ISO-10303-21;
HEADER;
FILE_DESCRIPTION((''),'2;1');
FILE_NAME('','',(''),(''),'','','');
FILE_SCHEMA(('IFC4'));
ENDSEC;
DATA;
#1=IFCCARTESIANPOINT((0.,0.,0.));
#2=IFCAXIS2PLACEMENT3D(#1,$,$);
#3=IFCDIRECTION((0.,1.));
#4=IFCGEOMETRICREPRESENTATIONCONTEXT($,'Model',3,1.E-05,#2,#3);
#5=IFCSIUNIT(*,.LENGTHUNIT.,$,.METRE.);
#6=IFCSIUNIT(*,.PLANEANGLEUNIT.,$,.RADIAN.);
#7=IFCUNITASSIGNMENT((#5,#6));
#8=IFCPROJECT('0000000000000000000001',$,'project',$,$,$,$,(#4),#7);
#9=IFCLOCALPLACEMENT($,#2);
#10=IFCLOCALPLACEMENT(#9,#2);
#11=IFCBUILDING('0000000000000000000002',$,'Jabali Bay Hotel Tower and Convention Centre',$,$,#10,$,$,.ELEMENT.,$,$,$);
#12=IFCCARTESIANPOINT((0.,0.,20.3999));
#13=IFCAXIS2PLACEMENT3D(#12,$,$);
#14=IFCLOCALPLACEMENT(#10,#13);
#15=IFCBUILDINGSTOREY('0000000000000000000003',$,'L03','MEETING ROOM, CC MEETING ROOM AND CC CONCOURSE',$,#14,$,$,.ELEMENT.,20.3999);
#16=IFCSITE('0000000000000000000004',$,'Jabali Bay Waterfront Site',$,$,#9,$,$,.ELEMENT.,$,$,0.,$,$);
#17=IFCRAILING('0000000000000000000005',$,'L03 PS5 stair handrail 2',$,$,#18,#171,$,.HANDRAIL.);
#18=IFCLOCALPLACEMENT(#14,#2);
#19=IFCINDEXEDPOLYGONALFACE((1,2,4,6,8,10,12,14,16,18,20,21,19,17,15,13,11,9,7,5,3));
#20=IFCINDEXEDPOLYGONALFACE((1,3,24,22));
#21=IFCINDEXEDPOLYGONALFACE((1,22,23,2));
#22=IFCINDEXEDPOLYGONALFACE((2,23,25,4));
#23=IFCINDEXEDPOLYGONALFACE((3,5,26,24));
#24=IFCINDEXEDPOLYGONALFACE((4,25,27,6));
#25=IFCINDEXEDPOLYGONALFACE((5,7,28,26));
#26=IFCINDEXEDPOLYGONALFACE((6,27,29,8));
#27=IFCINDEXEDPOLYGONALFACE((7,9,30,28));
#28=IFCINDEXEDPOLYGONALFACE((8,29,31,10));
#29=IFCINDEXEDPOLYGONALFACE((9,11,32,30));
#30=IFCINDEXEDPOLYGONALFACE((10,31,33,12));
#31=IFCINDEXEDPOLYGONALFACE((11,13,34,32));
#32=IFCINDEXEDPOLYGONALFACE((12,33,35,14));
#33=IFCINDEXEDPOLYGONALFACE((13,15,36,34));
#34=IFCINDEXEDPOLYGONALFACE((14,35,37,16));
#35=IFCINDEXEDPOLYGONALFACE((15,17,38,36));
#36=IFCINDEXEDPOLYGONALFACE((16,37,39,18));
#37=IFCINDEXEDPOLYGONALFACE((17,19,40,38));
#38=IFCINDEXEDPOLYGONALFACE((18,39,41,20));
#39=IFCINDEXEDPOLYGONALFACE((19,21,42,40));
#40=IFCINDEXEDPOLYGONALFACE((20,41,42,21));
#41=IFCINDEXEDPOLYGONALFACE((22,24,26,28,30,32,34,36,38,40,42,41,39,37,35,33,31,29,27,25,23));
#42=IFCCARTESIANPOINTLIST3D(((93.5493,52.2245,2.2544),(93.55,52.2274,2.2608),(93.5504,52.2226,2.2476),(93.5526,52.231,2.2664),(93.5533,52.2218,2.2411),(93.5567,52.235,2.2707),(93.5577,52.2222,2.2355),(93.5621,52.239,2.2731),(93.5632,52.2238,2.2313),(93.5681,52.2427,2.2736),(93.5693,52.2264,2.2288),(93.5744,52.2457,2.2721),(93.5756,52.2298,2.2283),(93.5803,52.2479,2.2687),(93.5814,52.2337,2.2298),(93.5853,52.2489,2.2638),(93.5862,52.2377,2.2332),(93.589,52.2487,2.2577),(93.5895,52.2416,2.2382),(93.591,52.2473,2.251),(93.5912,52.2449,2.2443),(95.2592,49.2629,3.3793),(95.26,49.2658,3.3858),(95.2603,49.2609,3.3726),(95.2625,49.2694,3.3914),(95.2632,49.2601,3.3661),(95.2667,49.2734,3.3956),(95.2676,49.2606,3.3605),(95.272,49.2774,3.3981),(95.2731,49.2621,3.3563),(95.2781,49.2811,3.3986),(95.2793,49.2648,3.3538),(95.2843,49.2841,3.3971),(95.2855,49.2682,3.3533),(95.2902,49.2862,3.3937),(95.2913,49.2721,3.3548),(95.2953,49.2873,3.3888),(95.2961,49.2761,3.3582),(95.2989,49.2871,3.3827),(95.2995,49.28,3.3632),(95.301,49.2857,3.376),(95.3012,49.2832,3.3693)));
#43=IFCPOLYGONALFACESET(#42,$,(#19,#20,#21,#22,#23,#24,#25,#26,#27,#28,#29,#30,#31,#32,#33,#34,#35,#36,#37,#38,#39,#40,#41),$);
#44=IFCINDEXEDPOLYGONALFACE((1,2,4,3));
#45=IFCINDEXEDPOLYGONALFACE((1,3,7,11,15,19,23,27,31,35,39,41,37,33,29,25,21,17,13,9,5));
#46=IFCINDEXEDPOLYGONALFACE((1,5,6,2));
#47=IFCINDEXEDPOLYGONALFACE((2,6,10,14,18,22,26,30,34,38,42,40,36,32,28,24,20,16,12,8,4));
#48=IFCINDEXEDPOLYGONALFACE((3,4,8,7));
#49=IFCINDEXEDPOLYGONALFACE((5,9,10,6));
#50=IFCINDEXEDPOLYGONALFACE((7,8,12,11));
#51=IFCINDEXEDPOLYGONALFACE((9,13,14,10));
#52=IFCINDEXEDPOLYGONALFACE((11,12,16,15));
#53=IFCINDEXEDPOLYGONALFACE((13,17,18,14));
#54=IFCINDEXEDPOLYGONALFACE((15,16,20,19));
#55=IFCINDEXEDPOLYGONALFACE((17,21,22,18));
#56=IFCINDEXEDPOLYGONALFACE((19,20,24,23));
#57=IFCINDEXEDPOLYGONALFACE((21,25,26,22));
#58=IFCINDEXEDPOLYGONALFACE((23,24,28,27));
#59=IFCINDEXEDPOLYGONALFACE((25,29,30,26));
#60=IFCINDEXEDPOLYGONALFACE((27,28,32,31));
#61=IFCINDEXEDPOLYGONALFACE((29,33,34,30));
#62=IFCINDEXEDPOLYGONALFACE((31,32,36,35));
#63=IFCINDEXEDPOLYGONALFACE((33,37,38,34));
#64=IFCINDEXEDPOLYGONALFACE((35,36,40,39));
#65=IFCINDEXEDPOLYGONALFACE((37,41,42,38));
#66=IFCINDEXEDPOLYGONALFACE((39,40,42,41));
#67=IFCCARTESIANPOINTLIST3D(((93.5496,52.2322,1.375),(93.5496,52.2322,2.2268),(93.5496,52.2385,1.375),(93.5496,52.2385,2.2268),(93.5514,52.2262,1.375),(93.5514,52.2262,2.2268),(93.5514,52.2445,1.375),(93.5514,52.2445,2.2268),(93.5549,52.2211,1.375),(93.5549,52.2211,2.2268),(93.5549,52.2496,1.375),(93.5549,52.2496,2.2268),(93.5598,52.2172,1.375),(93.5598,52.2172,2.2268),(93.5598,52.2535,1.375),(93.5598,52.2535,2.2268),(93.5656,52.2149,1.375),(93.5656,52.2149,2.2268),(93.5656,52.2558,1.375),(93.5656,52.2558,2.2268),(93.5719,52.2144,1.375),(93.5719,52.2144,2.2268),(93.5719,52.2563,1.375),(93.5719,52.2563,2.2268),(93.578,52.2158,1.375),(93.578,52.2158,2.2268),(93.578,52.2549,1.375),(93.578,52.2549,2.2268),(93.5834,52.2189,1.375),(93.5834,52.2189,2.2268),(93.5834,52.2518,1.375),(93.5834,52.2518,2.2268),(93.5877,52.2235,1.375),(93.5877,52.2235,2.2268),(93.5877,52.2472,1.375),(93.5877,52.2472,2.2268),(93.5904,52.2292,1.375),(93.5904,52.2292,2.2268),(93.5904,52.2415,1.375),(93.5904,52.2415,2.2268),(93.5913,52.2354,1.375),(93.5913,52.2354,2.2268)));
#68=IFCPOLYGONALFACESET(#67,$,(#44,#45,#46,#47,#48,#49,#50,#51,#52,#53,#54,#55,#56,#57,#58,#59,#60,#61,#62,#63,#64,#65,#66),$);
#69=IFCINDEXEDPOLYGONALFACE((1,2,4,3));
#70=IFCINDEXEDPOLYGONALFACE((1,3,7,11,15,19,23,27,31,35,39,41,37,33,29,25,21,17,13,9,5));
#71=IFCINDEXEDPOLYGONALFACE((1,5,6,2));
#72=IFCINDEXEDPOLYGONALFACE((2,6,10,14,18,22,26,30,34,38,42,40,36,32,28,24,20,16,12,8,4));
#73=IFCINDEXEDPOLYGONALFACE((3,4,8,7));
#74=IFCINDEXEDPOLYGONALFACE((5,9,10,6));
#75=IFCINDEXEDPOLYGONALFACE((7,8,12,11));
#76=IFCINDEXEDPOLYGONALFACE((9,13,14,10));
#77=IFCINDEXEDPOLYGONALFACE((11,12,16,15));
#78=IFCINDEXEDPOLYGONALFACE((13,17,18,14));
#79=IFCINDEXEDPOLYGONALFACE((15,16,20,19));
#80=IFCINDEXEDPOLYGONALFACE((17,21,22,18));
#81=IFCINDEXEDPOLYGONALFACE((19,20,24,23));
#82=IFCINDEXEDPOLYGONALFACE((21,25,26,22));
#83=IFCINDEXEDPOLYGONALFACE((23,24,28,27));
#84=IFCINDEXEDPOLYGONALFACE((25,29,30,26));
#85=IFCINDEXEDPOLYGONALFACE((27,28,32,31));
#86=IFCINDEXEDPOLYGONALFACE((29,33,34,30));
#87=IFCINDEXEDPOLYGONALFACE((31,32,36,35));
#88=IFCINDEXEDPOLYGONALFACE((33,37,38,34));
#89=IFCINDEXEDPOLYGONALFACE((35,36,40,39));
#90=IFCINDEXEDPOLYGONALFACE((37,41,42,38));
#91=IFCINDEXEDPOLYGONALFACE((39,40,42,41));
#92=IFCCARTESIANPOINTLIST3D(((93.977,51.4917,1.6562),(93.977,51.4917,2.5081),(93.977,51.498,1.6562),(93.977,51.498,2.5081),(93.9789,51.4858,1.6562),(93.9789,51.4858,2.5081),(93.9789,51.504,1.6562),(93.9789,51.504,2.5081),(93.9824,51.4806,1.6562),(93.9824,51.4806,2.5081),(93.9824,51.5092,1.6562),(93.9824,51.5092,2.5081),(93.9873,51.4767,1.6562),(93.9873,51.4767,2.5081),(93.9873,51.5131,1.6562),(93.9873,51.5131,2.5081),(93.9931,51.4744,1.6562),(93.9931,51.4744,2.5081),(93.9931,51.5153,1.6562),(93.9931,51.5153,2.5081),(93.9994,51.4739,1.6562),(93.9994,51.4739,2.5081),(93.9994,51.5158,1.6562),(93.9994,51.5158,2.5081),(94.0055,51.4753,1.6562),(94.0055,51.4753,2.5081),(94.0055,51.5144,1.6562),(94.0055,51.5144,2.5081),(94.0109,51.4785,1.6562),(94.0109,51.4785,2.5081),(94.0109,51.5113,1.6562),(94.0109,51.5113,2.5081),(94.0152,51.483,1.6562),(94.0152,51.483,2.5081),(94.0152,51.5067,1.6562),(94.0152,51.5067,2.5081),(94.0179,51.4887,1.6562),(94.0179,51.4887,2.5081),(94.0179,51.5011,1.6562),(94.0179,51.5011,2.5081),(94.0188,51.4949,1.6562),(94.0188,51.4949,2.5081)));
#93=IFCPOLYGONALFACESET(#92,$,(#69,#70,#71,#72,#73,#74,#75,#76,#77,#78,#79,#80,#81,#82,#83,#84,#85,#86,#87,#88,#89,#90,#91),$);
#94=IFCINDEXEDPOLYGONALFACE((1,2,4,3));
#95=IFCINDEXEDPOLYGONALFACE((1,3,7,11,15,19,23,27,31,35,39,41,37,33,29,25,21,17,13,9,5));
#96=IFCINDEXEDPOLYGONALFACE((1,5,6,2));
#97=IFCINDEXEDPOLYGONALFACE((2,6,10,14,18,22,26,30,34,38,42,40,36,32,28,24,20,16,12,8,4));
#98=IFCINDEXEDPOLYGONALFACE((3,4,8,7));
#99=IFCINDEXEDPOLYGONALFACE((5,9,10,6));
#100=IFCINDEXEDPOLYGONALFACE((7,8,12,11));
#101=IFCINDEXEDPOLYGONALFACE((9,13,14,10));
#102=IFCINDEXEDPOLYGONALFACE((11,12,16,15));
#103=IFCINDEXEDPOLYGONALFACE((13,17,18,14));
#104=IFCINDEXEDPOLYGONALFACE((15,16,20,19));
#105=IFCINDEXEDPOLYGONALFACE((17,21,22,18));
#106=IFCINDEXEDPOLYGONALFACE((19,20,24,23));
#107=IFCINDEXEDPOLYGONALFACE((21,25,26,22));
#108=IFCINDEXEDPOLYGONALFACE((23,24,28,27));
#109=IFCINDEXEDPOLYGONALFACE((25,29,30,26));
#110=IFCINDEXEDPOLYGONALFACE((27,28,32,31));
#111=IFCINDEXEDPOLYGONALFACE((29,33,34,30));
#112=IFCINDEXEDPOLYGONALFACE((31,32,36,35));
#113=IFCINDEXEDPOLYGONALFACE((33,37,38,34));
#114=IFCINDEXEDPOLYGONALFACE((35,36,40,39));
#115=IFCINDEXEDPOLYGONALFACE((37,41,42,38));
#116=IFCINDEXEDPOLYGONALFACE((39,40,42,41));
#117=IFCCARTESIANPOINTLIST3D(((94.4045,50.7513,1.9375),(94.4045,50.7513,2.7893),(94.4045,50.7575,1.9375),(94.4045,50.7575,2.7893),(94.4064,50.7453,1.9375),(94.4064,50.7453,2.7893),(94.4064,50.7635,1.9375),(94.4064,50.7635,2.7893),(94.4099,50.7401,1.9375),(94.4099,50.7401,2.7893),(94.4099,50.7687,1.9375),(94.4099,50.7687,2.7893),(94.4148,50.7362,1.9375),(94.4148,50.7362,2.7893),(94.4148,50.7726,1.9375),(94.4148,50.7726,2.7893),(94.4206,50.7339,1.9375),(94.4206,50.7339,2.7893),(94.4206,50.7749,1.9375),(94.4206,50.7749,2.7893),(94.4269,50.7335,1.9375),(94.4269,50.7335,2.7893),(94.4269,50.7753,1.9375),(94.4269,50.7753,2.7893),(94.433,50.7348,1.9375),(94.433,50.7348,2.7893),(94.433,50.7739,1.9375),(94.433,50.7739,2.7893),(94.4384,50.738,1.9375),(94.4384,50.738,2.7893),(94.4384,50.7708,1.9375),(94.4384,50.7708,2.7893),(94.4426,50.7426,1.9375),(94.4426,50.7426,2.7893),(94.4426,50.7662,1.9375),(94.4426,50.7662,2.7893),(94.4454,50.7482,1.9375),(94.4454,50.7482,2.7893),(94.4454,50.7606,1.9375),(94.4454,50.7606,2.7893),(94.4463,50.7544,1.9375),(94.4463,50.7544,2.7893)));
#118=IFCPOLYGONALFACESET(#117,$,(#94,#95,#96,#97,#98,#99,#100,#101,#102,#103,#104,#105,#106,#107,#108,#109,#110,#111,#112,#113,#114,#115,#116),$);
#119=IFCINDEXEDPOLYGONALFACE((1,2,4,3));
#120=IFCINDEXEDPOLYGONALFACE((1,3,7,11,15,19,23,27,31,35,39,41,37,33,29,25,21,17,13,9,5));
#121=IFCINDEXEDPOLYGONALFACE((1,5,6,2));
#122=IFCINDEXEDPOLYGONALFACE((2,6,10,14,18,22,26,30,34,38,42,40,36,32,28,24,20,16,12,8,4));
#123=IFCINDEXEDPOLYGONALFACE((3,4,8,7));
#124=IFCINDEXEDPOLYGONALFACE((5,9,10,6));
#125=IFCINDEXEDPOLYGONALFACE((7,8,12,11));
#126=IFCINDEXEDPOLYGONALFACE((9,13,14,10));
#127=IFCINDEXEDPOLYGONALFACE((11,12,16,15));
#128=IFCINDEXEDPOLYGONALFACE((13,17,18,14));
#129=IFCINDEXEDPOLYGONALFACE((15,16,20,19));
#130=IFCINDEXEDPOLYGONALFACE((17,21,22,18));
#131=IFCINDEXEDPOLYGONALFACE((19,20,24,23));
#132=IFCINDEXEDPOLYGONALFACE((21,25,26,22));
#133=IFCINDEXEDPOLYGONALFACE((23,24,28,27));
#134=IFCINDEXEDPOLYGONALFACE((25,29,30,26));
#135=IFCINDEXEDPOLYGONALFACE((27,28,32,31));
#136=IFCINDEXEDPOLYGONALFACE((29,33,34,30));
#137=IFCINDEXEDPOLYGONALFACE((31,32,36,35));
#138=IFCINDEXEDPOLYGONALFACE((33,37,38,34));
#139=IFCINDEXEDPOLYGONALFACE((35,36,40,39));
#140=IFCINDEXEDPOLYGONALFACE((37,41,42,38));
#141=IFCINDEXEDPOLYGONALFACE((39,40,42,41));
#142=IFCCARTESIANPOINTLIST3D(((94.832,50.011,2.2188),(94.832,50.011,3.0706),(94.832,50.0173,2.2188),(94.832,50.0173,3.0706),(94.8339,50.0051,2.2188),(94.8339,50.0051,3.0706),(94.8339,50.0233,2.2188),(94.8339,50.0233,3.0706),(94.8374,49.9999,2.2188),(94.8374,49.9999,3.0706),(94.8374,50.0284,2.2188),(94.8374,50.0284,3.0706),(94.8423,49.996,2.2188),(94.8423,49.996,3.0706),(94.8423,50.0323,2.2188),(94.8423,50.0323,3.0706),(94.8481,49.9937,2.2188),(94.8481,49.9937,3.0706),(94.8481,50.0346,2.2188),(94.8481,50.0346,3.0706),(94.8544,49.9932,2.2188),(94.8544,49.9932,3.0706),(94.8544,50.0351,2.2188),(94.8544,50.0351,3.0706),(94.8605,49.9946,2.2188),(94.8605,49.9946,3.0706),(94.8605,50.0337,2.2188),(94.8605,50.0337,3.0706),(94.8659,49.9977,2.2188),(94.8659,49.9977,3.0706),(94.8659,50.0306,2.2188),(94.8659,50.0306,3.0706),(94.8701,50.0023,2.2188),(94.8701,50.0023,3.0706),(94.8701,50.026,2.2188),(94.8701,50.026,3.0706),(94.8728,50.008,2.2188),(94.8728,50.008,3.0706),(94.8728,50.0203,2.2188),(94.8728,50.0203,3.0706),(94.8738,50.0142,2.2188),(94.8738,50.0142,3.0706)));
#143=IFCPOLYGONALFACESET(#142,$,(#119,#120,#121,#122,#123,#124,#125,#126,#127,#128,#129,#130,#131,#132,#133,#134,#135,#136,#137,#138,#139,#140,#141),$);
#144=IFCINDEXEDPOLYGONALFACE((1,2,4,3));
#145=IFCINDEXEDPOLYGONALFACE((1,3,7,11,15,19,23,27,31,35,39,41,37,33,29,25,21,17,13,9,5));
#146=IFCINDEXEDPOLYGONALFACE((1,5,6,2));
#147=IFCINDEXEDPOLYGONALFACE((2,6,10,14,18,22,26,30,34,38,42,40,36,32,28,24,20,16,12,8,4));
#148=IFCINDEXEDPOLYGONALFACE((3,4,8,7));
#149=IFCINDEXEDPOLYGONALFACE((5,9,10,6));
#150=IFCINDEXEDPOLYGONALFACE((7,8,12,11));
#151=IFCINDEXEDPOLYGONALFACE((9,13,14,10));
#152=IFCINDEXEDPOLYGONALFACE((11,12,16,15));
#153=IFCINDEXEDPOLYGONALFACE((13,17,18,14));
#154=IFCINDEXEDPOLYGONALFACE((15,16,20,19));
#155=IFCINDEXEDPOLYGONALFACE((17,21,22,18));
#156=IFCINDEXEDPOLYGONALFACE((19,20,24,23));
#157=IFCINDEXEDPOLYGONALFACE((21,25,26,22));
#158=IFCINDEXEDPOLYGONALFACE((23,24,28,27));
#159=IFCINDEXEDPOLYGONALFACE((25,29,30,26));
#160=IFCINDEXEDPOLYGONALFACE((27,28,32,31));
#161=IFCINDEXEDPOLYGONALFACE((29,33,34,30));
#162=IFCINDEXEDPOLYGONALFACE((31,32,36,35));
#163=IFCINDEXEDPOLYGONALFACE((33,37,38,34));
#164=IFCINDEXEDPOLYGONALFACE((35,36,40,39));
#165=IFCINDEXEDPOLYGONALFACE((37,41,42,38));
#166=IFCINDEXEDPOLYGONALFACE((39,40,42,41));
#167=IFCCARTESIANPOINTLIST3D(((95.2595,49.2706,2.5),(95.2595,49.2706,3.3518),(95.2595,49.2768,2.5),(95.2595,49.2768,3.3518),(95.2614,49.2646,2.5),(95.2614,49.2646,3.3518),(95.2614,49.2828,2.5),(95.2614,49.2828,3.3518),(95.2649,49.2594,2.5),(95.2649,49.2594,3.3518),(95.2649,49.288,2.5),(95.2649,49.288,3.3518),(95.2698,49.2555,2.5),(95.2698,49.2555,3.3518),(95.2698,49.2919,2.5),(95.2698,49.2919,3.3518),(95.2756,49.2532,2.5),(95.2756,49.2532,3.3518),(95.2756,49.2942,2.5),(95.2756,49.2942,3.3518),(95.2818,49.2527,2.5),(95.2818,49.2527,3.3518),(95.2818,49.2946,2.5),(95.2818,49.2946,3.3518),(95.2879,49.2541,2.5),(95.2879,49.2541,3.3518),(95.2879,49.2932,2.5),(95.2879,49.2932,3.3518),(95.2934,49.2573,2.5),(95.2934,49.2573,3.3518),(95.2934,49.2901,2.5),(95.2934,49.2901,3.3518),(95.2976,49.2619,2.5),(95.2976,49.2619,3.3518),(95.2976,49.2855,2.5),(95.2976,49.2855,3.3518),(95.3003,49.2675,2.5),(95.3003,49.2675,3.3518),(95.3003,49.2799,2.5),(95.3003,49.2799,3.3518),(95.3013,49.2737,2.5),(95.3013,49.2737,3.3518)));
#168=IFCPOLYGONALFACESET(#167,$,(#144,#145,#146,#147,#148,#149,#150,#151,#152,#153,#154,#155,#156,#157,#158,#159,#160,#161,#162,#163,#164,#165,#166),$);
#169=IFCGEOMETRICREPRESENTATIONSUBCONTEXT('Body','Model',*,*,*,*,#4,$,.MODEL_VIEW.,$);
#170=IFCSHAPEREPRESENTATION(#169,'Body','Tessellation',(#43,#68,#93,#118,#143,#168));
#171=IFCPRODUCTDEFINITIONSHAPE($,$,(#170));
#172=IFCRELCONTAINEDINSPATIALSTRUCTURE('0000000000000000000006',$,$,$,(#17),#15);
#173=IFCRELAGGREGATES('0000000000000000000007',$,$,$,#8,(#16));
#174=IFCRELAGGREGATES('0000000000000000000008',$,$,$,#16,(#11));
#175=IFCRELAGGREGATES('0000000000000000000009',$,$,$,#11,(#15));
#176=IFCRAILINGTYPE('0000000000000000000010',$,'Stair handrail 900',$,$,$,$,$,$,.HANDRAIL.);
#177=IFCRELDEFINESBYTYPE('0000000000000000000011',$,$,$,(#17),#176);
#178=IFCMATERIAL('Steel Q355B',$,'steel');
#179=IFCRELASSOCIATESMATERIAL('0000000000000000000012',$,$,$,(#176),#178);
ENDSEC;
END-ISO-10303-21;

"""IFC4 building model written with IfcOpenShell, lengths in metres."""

from ifc_helpers import new_model, si_unit, direction, frame, origin, origin_2d, place, context, subcontext, project, spatial, circle, extrude, material, type_object, element, save


model = new_model("IFC4")

# Units and contexts
model_context = context("Model", 3, precision=1e-05, world=origin(), true_north=direction((0.0, 1.0)))
body_context = subcontext(model_context, "Body", "Model", "MODEL_VIEW")
ifc_project = project(units=[si_unit("LENGTHUNIT", "METRE"), si_unit("PLANEANGLEUNIT", "RADIAN")], contexts=[model_context])

# Site, building, storey
site_placement = place(None, origin())
site = spatial("IfcSite", under=ifc_project, at=site_placement, Name="Jabali Bay Waterfront Site", CompositionType="ELEMENT", RefElevation=0.0)
building_placement = place(site_placement, origin())
building = spatial("IfcBuilding", under=site, at=building_placement, Name="Jabali Bay Hotel Tower and Convention Centre", CompositionType="ELEMENT")
storey_placement = place(building_placement, frame((0.0, 0.0, 20.3999)))
storey = spatial("IfcBuildingStorey", under=building, at=storey_placement, Name="L03", Description="MEETING ROOM, CC MEETING ROOM AND CC CONCOURSE", CompositionType="ELEMENT", Elevation=20.3999)

# Railing
ifc_material_1 = material(Name="Steel Q355B", Category="steel")
railing_type_1 = type_object("IfcRailingType", Name="Stair handrail 900", PredefinedType="HANDRAIL", material=ifc_material_1)
railing_1_placement = place(storey_placement, frame((93.5703, 52.2354, 1.375)))
element("IfcRailing", 1, at=railing_1_placement, inside=storey, type_object=railing_type_1, Name="L03 PS5 stair handrail 2", PredefinedType="HANDRAIL", context=body_context, shape_type="SweptSolid", body=[
    extrude(circle(Radius=0.0239, at=origin_2d()), frame((0.0, 0.0, 0.876), z_axis=(0.474969, -0.822652, 0.312487), x_axis=(0.86602, 0.500009, 0.0)), (0.0, 0.0, 1.0), 3.6001),
    extrude(circle(Radius=0.021, at=origin_2d()), origin(), (0.0, 0.0, 1.0), 0.8518),
    extrude(circle(Radius=0.021, at=origin_2d()), frame((0.4275, -0.7405, 0.2812)), (0.0, 0.0, 1.0), 0.8518),
    extrude(circle(Radius=0.021, at=origin_2d()), frame((0.855, -1.481, 0.5625)), (0.0, 0.0, 1.0), 0.8518),
    extrude(circle(Radius=0.021, at=origin_2d()), frame((1.2825, -2.2212, 0.8438)), (0.0, 0.0, 1.0), 0.8518),
    extrude(circle(Radius=0.021, at=origin_2d()), frame((1.71, -2.9617, 1.125)), (0.0, 0.0, 1.0), 0.8518),
])

save(model, "model.ifc")
